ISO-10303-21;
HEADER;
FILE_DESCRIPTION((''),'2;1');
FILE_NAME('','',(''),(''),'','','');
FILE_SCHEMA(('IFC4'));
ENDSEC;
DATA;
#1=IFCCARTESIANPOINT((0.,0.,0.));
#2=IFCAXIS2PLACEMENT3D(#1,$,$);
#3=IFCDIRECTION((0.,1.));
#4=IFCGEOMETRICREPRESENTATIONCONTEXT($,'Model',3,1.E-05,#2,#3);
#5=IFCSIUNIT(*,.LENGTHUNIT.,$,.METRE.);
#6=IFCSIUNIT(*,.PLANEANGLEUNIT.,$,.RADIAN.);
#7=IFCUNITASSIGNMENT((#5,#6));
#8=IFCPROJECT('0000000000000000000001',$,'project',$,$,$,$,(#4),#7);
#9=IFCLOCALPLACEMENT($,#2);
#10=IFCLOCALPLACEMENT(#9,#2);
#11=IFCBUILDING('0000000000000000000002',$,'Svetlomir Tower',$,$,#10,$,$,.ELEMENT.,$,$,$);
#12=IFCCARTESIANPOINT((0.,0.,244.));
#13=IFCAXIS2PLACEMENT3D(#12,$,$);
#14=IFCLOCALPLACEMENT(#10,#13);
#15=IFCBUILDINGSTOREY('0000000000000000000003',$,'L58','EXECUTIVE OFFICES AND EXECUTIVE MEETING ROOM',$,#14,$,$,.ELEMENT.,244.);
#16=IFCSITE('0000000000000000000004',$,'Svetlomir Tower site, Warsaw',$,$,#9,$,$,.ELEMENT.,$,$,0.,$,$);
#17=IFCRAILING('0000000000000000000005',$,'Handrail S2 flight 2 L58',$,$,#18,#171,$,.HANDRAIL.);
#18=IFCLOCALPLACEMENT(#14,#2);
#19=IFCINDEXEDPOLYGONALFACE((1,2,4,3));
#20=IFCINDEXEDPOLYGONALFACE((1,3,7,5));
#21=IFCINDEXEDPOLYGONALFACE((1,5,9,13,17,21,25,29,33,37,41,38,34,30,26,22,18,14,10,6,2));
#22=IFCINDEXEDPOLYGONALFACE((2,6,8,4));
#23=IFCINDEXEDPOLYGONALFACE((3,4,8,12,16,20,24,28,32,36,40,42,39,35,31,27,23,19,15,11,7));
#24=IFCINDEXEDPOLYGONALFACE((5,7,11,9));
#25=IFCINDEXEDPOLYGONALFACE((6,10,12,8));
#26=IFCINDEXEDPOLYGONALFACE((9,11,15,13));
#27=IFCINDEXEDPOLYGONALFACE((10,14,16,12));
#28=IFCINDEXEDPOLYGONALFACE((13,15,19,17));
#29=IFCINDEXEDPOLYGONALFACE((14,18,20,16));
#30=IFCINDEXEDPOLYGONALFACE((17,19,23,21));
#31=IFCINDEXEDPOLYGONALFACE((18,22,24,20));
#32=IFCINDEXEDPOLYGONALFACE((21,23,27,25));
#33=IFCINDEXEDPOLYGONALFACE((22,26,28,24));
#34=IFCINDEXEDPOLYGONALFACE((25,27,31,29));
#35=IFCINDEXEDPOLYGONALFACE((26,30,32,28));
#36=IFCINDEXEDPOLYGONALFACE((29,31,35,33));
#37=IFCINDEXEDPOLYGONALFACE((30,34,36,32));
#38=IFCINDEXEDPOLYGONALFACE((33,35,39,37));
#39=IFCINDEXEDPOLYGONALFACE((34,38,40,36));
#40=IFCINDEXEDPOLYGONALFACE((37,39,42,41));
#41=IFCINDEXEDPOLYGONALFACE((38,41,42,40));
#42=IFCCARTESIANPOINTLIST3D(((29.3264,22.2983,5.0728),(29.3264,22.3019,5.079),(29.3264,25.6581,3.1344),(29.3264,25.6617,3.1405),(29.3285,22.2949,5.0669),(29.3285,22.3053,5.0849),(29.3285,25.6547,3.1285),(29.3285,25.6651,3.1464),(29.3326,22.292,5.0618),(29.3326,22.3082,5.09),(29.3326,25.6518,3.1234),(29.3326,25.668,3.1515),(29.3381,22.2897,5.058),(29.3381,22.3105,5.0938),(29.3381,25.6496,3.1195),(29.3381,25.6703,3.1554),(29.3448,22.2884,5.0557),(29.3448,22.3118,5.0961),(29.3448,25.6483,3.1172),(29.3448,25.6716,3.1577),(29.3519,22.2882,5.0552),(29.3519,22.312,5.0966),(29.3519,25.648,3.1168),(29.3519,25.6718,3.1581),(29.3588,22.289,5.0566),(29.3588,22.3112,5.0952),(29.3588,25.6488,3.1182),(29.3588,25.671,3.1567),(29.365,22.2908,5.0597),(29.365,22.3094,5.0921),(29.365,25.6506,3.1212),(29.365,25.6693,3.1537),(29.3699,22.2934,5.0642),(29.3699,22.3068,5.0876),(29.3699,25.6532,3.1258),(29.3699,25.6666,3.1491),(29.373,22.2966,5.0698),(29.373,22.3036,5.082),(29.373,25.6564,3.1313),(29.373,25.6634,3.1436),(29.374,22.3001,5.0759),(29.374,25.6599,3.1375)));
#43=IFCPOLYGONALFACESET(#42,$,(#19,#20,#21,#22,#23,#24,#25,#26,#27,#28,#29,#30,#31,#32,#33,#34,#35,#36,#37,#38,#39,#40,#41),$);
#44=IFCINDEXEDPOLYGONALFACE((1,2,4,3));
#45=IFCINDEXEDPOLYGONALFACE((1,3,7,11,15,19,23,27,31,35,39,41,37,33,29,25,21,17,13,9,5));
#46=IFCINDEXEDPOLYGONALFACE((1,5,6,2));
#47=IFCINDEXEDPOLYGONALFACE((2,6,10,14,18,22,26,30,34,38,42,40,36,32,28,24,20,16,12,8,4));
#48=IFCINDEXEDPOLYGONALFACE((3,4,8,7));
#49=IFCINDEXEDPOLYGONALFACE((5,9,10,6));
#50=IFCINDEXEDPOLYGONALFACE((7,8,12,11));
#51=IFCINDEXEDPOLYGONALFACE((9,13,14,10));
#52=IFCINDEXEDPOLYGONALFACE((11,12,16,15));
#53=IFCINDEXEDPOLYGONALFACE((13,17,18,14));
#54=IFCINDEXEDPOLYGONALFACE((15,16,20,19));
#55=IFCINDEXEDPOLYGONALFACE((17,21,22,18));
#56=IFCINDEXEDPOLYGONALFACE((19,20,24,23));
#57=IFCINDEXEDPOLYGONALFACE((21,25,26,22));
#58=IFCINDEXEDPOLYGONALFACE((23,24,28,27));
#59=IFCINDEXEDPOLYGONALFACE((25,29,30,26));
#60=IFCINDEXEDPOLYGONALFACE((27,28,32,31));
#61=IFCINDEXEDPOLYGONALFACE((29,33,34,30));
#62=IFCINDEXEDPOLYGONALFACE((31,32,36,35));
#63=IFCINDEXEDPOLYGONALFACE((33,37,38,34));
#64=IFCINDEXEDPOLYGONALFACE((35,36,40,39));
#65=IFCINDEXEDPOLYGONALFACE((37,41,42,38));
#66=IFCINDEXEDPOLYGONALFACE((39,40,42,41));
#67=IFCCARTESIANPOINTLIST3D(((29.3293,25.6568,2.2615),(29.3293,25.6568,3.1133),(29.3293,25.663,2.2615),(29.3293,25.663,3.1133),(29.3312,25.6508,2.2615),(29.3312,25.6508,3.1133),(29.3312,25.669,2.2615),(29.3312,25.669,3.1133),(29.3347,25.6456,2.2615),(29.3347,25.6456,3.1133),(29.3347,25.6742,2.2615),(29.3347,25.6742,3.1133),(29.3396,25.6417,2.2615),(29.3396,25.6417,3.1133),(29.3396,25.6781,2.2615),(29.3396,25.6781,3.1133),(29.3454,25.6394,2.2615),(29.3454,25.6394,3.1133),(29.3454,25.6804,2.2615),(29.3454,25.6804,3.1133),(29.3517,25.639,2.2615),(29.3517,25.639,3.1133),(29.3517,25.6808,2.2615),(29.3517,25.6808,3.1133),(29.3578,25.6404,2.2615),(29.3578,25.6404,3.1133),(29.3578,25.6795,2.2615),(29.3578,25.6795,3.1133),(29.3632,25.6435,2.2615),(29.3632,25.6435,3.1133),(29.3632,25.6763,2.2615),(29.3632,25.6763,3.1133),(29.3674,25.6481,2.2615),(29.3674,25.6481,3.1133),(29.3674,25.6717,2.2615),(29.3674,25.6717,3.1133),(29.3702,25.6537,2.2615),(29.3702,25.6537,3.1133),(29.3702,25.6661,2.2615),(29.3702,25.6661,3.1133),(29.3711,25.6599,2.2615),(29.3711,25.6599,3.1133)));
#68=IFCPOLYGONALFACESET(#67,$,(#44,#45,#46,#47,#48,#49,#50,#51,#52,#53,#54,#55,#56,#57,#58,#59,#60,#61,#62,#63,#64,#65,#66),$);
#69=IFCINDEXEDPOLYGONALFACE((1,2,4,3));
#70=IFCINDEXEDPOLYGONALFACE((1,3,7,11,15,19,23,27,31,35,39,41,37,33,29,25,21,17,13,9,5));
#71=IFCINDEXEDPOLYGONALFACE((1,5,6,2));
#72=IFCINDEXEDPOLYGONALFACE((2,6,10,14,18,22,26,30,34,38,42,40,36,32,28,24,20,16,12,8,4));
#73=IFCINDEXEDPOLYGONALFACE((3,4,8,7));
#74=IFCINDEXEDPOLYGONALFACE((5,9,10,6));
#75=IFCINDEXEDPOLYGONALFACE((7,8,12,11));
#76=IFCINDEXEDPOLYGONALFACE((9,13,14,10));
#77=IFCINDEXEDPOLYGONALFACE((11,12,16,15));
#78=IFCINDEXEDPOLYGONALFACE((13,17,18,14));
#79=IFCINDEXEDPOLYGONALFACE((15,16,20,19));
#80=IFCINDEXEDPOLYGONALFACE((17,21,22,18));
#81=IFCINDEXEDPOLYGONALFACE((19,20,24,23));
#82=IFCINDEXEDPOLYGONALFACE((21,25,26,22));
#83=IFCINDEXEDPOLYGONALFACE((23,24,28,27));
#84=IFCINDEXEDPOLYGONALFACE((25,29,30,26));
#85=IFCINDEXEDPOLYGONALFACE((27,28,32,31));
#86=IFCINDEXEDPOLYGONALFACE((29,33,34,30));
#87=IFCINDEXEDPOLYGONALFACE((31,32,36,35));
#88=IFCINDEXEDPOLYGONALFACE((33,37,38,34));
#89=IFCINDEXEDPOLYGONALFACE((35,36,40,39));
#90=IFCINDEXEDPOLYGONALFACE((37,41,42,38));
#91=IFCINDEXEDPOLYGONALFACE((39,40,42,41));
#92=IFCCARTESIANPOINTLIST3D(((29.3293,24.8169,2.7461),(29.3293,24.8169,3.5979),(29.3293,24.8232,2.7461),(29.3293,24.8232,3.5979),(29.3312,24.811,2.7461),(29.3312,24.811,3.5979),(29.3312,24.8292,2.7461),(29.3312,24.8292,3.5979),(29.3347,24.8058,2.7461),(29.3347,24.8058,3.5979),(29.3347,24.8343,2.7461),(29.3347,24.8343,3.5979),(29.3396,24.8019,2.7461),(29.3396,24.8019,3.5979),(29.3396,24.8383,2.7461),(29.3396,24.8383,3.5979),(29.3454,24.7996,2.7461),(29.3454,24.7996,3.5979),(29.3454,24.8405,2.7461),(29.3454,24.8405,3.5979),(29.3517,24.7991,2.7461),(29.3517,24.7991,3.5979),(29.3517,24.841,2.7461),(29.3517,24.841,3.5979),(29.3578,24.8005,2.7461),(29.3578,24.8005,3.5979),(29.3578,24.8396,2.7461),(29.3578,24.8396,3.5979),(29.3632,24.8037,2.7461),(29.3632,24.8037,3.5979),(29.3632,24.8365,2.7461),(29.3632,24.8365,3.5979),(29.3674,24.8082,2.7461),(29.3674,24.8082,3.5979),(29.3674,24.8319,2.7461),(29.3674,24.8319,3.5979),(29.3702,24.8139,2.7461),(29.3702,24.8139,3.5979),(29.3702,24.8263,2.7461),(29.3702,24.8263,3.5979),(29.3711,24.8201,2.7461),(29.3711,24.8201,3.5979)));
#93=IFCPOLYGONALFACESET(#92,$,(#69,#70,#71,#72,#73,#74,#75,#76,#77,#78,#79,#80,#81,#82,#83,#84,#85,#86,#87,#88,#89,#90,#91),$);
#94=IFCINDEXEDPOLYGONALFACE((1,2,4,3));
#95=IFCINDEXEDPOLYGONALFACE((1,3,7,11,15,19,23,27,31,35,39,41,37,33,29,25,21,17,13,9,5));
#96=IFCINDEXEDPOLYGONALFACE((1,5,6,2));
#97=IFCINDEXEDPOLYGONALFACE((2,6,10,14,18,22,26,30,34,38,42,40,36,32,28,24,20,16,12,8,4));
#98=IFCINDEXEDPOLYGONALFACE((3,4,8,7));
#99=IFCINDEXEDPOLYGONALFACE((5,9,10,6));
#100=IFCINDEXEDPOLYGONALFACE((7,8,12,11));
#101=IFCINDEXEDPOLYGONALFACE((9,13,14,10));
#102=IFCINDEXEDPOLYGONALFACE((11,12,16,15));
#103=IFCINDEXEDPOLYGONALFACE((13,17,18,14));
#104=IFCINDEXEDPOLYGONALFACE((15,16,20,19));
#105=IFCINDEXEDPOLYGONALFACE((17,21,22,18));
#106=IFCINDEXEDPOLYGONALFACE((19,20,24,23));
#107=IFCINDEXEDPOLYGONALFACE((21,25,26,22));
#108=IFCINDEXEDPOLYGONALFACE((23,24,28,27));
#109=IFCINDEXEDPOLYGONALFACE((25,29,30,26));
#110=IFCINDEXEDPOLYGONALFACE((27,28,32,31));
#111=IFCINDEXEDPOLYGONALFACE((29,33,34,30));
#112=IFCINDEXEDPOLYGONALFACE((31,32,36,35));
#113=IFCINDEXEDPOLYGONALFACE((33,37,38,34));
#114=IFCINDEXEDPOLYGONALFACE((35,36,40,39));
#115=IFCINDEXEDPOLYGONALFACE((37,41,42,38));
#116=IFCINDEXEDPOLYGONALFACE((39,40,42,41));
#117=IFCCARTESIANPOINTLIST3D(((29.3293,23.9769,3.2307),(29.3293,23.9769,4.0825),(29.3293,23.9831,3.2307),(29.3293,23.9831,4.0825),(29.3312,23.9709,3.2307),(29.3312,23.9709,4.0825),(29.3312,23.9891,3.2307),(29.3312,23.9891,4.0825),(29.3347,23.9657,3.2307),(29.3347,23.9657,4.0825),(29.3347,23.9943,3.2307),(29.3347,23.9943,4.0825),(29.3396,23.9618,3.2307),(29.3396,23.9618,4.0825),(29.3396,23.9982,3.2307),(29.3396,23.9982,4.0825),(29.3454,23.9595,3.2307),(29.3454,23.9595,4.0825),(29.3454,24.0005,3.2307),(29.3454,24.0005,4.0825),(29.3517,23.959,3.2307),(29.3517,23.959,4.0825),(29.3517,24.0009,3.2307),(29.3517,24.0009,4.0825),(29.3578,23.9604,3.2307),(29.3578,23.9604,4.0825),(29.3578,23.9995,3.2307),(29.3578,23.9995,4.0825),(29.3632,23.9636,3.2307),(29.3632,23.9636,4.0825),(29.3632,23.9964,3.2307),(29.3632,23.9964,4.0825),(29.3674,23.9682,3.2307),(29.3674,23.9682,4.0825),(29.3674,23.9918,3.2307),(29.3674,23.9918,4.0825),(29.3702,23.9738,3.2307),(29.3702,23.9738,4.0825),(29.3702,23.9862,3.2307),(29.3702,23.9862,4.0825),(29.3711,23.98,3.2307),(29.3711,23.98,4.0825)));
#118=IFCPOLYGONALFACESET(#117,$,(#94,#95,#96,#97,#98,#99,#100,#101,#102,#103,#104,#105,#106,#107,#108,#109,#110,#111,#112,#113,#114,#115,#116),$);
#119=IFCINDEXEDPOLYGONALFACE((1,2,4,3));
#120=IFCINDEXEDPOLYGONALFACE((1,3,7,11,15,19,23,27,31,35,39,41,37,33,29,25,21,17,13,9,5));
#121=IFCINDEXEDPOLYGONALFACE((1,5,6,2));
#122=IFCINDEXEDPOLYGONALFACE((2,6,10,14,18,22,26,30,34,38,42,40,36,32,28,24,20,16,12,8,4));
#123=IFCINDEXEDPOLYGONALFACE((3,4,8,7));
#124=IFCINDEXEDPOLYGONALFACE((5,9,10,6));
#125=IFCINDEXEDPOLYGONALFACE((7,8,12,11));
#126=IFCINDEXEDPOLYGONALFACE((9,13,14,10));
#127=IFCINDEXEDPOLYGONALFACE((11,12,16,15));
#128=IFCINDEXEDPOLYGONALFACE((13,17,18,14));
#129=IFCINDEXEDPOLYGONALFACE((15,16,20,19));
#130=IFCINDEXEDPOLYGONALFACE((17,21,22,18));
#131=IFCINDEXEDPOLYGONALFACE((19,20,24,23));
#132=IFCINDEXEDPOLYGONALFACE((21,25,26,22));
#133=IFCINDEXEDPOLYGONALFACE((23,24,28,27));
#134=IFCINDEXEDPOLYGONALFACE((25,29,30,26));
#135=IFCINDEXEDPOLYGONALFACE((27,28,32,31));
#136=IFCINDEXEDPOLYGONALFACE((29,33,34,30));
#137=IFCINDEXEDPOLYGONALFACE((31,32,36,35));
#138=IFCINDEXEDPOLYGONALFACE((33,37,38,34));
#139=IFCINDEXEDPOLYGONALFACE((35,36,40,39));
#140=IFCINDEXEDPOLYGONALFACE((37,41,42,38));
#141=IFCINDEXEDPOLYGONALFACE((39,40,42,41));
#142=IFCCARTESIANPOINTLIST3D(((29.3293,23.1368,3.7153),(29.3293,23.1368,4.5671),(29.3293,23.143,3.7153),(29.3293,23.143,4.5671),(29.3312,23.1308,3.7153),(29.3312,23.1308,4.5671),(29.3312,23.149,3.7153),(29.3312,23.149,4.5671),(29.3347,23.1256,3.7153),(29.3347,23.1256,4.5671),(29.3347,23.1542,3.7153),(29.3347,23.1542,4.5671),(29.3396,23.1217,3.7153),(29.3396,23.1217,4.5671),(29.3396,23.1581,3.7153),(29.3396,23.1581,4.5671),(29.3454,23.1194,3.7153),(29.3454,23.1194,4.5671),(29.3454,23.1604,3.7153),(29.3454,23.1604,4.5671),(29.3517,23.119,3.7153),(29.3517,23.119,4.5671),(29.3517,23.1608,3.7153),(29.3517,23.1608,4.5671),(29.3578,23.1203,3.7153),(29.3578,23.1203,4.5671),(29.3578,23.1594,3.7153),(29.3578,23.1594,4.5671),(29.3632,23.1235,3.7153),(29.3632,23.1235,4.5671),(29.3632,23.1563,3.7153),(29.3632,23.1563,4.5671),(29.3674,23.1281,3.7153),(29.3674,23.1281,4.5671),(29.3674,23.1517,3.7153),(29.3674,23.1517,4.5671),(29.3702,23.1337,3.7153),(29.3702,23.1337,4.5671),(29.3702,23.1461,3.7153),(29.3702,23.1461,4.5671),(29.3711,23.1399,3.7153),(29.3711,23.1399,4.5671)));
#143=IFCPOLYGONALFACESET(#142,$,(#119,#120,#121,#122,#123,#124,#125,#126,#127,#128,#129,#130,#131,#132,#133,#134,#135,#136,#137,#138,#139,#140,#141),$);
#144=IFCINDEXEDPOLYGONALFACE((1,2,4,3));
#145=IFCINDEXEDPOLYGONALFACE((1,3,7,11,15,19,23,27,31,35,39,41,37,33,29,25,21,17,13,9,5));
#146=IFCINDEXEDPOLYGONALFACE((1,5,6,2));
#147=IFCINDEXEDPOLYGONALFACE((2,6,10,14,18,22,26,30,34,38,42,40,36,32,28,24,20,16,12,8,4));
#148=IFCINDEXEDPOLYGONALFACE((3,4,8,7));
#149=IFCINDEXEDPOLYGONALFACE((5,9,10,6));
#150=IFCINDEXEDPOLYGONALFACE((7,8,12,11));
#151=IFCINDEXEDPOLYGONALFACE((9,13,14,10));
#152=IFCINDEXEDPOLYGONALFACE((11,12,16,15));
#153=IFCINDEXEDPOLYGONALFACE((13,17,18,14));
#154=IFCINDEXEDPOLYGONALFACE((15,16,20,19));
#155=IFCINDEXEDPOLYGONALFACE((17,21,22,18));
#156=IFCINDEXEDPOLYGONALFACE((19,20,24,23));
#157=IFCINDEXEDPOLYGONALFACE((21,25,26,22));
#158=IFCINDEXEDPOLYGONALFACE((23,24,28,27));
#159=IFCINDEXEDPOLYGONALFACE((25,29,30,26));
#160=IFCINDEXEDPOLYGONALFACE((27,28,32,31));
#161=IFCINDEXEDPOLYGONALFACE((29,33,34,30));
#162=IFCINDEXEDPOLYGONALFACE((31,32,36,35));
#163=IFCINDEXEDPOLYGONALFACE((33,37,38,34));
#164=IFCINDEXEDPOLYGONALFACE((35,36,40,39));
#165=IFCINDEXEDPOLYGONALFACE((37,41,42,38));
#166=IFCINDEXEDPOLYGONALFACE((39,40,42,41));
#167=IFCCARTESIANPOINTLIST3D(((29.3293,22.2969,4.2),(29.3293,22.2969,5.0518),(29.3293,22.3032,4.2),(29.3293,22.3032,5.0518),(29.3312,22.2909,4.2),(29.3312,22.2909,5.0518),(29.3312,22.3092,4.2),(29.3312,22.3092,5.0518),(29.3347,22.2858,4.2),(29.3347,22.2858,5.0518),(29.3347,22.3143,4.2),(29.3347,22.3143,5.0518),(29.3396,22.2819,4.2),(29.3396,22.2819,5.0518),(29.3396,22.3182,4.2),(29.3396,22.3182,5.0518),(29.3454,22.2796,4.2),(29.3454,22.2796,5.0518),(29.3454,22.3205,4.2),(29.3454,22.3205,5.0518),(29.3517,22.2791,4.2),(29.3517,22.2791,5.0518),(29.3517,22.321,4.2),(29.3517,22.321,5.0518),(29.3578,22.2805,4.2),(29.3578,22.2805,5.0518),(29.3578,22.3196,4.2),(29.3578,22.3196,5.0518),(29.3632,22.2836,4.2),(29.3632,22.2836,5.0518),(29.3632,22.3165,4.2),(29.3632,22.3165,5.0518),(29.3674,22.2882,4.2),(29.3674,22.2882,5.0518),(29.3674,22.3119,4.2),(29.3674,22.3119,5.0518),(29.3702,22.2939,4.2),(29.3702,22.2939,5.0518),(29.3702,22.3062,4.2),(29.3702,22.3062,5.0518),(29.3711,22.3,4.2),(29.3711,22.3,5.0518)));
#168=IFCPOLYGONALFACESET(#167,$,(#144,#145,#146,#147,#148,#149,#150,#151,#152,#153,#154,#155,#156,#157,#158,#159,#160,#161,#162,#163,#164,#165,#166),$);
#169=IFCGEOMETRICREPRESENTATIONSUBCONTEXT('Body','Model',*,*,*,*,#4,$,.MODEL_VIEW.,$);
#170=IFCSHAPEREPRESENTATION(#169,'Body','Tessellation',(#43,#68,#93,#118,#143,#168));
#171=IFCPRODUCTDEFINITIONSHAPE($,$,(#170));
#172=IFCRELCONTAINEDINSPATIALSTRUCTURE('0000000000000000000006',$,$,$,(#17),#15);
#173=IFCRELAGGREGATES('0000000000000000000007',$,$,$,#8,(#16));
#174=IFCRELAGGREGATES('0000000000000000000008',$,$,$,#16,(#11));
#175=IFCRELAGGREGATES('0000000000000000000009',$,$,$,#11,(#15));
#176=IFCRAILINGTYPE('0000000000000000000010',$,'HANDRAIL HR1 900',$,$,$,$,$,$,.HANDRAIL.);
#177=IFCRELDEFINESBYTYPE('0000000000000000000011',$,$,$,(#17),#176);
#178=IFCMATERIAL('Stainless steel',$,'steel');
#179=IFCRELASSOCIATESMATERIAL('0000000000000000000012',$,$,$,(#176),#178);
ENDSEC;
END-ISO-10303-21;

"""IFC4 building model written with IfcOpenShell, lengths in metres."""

from ifc_helpers import new_model, si_unit, direction, frame, origin, origin_2d, place, context, subcontext, project, spatial, circle, extrude, material, type_object, element, save


model = new_model("IFC4")

# Units and contexts
model_context = context("Model", 3, precision=1e-05, world=origin(), true_north=direction((0.0, 1.0)))
body_context = subcontext(model_context, "Body", "Model", "MODEL_VIEW")
ifc_project = project(units=[si_unit("LENGTHUNIT", "METRE"), si_unit("PLANEANGLEUNIT", "RADIAN")], contexts=[model_context])

# Site, building, storey
site_placement = place(None, origin())
site = spatial("IfcSite", under=ifc_project, at=site_placement, Name="Svetlomir Tower site, Warsaw", CompositionType="ELEMENT", RefElevation=0.0)
building_placement = place(site_placement, origin())
building = spatial("IfcBuilding", under=site, at=building_placement, Name="Svetlomir Tower", CompositionType="ELEMENT")
storey_placement = place(building_placement, frame((0.0, 0.0, 244.0)))
storey = spatial("IfcBuildingStorey", under=building, at=storey_placement, Name="L58", Description="EXECUTIVE OFFICES AND EXECUTIVE MEETING ROOM", CompositionType="ELEMENT", Elevation=244.0)

# Railing
ifc_material_1 = material(Name="Stainless steel", Category="steel")
railing_type = type_object("IfcRailingType", Name="HANDRAIL HR1 900", PredefinedType="HANDRAIL", material=ifc_material_1)
railing_1_placement = place(storey_placement, frame((29.3501, 25.6599, 2.2615)))
element("IfcRailing", 1, at=railing_1_placement, inside=storey, type_object=railing_type, Name="Handrail S2 flight 2 L58", PredefinedType="HANDRAIL", context=body_context, shape_type="SweptSolid", body=[
    extrude(circle(Radius=0.0239, at=origin_2d()), frame((0.0, 0.0, 0.876), z_axis=(0.0, -0.866175, 0.499741), x_axis=(1.0, 0.0, 0.0)), (0.0, 0.0, 1.0), 3.8789),
    extrude(circle(Radius=0.021, at=origin_2d()), origin(), (0.0, 0.0, 1.0), 0.8518),
    extrude(circle(Radius=0.021, at=origin_2d()), frame((0.0, -0.8398, 0.4846)), (0.0, 0.0, 1.0), 0.8518),
    extrude(circle(Radius=0.021, at=origin_2d()), frame((0.0, -1.6799, 0.9692)), (0.0, 0.0, 1.0), 0.8518),
    extrude(circle(Radius=0.021, at=origin_2d()), frame((0.0, -2.52, 1.4539)), (0.0, 0.0, 1.0), 0.8518),
    extrude(circle(Radius=0.021, at=origin_2d()), frame((0.0, -3.3599, 1.9385)), (0.0, 0.0, 1.0), 0.8518),
])

save(model, "model.ifc")
